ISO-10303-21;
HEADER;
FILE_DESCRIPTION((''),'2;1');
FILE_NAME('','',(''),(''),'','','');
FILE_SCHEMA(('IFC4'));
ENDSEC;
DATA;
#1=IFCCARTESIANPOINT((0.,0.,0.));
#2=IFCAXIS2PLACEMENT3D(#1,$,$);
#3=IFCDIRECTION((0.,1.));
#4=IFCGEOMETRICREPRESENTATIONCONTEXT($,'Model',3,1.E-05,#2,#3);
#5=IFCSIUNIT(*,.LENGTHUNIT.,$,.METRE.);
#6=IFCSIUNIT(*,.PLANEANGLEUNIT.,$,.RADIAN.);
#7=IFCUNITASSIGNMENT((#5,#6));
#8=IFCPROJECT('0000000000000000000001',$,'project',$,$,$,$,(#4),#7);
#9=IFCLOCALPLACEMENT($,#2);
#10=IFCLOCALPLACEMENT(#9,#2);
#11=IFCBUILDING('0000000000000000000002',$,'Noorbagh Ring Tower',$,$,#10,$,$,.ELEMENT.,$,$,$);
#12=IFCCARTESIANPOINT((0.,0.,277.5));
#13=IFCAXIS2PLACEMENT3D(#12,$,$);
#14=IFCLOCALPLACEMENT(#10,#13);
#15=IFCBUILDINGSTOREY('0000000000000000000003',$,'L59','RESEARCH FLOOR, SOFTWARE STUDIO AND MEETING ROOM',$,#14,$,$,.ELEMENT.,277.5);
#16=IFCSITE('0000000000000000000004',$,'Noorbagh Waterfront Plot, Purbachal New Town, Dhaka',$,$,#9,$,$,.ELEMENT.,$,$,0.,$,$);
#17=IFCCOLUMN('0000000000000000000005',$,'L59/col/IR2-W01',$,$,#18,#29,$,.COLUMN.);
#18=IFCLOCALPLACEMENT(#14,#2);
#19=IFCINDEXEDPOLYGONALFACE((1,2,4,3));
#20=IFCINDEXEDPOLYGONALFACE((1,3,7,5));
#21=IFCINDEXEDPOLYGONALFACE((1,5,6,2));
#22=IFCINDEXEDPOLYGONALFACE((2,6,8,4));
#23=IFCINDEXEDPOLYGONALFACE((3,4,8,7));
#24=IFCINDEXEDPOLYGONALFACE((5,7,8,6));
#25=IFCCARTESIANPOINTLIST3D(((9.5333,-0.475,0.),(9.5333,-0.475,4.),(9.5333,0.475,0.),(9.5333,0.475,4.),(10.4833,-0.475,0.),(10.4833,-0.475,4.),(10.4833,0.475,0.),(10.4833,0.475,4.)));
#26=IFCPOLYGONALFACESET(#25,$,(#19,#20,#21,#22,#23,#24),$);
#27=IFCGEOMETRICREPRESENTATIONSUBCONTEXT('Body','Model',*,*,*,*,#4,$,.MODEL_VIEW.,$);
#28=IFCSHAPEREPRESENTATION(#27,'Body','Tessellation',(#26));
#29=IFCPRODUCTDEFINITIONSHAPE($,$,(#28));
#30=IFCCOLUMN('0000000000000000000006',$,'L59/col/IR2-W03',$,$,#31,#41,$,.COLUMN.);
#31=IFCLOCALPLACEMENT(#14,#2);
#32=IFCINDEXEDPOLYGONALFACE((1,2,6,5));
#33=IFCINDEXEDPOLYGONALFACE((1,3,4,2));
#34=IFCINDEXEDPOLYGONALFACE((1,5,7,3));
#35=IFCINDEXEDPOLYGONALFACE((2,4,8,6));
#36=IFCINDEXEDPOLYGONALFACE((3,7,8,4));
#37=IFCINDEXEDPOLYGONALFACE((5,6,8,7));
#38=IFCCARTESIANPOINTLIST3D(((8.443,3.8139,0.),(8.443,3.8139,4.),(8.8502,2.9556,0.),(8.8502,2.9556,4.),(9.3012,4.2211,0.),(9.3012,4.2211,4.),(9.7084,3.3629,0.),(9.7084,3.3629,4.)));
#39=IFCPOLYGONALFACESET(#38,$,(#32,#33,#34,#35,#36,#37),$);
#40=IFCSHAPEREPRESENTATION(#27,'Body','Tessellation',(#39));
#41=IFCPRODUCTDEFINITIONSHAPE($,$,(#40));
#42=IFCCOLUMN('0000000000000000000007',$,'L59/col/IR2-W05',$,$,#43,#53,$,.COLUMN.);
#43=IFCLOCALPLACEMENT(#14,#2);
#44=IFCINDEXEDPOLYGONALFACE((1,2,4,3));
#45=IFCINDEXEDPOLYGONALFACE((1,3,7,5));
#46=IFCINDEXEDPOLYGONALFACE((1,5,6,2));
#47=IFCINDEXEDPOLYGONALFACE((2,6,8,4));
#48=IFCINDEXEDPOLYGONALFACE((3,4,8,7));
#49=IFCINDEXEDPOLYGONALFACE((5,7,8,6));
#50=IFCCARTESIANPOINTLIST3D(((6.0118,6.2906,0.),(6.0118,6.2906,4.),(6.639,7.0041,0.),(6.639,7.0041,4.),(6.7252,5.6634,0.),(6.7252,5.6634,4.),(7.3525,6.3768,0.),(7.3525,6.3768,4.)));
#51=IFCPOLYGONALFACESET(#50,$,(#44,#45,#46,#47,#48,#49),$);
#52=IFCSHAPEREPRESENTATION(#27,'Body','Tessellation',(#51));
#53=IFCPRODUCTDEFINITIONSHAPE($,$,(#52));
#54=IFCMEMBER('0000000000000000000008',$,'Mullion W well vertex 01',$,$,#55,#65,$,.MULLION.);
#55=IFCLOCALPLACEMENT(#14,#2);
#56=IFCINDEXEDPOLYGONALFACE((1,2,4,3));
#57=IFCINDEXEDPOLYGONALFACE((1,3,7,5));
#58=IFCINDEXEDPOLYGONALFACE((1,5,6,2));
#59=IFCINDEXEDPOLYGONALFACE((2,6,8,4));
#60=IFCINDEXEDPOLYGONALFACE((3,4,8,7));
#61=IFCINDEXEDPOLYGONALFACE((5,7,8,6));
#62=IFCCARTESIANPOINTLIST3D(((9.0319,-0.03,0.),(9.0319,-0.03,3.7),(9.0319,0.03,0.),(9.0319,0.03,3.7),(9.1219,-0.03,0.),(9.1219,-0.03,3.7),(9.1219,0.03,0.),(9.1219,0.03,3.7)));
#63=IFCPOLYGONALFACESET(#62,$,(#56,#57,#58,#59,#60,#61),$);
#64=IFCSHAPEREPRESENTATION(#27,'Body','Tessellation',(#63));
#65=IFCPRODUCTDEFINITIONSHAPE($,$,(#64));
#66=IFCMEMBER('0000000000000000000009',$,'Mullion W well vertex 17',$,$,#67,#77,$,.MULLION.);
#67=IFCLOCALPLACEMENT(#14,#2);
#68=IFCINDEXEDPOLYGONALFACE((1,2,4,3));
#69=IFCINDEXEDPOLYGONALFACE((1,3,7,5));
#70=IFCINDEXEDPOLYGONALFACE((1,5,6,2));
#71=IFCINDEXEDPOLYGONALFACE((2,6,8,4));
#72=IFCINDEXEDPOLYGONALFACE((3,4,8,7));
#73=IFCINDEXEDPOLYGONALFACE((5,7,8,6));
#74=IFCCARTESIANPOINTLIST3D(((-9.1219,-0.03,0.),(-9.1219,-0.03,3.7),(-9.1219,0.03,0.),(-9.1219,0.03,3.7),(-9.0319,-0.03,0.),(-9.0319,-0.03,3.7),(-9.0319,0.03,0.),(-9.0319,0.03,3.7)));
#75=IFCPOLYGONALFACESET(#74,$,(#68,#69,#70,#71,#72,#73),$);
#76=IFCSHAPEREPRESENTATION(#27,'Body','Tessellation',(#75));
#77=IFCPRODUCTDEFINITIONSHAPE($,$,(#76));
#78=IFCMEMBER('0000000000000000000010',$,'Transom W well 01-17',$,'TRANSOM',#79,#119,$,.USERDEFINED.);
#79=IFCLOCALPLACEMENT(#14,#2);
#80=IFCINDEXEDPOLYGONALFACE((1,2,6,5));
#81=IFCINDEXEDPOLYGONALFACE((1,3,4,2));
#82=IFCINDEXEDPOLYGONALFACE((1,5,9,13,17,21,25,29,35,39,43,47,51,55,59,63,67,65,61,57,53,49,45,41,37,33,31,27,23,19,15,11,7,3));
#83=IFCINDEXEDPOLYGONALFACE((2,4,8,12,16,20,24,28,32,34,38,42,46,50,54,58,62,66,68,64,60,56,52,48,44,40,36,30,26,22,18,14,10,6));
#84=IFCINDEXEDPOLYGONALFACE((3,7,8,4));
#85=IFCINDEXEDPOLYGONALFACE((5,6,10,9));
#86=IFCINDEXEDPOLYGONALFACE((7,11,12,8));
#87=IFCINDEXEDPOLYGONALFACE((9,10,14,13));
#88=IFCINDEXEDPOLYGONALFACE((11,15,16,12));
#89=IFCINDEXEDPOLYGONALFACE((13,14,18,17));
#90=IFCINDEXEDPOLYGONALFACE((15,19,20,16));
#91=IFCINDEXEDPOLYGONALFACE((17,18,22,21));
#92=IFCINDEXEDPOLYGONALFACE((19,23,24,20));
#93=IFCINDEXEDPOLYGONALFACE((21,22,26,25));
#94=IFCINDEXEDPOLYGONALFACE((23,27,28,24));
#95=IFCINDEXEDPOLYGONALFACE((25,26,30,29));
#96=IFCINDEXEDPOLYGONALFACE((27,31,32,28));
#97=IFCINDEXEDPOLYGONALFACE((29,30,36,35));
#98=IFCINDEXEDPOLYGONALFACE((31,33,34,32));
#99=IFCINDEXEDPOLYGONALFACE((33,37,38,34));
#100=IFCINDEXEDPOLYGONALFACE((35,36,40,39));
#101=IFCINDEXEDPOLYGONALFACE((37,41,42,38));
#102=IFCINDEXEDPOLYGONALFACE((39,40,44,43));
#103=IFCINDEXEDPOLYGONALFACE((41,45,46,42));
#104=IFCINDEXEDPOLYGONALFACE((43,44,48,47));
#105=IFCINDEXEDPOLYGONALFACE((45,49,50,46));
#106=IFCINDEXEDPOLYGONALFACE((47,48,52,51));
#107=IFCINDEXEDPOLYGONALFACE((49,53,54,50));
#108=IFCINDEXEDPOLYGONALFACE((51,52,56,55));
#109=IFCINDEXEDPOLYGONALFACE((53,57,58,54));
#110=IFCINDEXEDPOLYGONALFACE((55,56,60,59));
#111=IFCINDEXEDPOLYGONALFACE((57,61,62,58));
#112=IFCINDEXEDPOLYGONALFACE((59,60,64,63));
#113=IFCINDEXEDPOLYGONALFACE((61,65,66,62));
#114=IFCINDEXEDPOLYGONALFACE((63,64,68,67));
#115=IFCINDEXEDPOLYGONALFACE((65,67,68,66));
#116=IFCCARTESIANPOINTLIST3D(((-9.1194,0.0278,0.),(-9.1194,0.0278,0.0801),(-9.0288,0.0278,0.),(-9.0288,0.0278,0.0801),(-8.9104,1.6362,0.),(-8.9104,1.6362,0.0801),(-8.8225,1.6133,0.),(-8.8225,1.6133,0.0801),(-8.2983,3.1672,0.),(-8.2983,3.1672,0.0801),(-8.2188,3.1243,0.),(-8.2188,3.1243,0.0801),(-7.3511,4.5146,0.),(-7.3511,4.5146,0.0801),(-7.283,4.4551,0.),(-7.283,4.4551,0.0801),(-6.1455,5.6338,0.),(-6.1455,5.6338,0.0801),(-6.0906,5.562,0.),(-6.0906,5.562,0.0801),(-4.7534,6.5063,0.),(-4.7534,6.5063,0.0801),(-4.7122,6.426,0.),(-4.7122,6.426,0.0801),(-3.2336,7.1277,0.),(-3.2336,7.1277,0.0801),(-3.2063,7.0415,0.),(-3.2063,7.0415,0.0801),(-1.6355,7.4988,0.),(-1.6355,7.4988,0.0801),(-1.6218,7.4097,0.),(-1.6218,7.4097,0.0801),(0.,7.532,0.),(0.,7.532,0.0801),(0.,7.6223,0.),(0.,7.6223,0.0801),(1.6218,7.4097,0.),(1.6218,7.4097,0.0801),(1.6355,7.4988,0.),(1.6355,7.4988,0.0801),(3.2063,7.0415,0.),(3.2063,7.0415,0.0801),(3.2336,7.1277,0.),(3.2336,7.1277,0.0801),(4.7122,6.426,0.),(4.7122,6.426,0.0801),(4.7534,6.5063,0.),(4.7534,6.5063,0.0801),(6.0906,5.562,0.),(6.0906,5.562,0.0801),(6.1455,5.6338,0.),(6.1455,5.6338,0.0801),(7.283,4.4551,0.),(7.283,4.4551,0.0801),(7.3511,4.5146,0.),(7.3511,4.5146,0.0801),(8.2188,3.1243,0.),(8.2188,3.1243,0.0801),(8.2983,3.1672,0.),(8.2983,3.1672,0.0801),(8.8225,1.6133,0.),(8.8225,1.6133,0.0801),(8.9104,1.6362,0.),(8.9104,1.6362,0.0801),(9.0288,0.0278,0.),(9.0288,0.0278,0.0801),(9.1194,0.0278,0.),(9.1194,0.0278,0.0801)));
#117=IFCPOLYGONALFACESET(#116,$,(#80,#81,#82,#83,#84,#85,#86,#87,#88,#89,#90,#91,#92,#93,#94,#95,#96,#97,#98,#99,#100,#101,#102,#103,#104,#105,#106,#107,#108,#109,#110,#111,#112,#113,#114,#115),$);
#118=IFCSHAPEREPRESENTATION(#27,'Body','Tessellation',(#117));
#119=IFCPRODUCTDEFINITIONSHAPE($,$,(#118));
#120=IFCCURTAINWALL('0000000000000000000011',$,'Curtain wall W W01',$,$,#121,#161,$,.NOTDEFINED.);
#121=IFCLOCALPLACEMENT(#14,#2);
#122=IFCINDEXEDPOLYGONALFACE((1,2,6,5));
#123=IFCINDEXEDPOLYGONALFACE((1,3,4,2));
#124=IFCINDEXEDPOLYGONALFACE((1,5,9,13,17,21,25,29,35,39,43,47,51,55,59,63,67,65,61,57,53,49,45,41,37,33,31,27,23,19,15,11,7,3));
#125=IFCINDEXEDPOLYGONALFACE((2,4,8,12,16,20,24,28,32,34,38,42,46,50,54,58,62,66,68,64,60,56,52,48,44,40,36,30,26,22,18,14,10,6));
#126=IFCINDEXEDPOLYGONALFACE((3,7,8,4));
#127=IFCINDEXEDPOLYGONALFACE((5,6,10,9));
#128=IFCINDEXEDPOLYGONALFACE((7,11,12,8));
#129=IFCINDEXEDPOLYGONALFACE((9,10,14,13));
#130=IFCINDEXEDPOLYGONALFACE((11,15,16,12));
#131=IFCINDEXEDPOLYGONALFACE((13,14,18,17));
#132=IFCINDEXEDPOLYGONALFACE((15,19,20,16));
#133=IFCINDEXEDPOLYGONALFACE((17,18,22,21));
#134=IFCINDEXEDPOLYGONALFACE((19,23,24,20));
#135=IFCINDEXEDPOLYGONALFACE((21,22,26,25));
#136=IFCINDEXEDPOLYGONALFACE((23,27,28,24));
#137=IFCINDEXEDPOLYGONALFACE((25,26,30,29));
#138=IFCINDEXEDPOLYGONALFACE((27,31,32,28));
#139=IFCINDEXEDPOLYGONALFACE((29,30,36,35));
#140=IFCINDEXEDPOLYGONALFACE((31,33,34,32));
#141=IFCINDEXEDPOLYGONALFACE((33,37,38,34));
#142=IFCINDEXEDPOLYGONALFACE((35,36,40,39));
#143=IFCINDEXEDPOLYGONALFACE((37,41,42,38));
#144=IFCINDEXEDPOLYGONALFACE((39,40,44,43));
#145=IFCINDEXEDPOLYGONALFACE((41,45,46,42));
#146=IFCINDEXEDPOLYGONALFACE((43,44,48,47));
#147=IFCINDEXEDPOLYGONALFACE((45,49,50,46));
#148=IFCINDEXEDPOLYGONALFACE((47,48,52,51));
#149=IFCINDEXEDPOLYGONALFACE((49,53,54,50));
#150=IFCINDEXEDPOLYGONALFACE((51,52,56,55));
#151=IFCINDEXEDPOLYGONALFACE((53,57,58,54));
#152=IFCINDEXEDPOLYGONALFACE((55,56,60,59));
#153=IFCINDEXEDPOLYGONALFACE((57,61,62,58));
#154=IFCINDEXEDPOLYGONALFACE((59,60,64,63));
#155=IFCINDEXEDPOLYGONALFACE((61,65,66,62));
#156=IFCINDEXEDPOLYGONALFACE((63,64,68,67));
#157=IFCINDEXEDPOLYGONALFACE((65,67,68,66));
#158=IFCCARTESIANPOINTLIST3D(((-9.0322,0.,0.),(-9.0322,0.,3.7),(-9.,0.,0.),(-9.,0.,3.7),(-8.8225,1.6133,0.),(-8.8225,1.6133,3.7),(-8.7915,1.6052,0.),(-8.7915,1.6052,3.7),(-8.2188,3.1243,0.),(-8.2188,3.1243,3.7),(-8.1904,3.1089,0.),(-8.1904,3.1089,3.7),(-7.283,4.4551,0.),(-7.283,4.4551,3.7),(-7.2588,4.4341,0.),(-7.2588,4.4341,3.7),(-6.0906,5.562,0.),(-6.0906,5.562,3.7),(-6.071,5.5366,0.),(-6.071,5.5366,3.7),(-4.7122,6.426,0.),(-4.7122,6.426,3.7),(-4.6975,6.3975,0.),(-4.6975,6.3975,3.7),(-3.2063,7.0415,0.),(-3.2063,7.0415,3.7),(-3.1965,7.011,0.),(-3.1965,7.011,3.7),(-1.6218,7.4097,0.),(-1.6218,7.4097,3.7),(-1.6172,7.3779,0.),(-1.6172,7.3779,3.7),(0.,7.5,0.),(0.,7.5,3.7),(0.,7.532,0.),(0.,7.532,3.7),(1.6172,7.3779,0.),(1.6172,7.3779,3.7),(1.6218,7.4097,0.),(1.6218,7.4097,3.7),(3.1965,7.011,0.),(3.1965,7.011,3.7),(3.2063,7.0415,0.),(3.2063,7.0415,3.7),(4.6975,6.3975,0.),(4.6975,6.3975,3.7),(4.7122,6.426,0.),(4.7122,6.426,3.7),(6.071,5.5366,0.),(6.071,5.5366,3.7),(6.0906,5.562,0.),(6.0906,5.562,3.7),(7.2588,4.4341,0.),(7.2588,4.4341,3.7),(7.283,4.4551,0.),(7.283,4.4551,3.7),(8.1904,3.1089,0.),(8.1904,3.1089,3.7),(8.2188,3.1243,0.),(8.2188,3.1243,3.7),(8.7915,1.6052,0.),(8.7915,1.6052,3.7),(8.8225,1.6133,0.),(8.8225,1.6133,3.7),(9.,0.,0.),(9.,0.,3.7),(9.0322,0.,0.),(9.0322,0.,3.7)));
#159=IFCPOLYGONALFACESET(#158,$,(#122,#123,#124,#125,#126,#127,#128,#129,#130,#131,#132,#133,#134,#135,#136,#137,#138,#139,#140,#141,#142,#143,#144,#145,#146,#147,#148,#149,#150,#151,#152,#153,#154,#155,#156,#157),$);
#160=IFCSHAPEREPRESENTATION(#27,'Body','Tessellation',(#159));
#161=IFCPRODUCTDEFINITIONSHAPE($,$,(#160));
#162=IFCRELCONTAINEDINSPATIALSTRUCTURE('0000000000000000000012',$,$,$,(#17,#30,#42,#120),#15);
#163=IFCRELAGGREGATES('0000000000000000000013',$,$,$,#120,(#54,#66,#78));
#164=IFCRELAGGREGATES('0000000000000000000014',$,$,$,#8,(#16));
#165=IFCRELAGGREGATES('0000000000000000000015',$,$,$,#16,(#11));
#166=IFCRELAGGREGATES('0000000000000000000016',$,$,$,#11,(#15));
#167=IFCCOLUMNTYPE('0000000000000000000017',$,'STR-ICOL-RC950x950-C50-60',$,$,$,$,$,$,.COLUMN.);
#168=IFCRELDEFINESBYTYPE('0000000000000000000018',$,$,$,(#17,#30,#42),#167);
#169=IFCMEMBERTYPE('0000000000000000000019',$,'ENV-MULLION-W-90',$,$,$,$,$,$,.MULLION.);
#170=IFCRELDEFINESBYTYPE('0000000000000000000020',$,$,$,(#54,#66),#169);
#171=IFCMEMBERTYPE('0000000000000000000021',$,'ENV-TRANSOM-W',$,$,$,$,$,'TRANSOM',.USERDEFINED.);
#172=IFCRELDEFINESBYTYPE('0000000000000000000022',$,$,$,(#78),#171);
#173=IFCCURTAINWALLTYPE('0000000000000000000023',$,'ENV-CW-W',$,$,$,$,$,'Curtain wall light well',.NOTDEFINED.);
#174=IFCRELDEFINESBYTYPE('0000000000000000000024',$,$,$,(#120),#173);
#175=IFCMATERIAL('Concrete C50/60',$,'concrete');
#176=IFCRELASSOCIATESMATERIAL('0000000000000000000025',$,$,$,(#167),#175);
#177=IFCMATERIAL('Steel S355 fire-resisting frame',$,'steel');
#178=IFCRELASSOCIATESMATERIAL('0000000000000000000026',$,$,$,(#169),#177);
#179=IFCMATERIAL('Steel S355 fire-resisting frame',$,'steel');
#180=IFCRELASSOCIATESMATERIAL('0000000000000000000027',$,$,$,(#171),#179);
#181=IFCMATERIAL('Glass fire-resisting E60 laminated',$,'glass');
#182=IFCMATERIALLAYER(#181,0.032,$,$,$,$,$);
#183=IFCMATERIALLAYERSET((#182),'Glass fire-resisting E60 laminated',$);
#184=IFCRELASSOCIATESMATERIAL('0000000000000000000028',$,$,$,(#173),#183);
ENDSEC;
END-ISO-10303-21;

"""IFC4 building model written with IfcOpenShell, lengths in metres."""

from ifc_helpers import new_model, si_unit, direction, frame, origin, origin_2d, place, context, subcontext, project, spatial, polyline, rectangle, outline, extrude, material, layer, layer_set, material_profile, profile_set, type_object, element, aggregate, save


model = new_model("IFC4")

# Units and contexts
model_context = context("Model", 3, precision=1e-05, world=origin(), true_north=direction((0.0, 1.0)))
body_context = subcontext(model_context, "Body", "Model", "MODEL_VIEW")
ifc_project = project(units=[si_unit("LENGTHUNIT", "METRE"), si_unit("PLANEANGLEUNIT", "RADIAN")], contexts=[model_context])

# Site, building, storey
site_placement = place(None, origin())
site = spatial("IfcSite", under=ifc_project, at=site_placement, Name="Noorbagh Waterfront Plot, Purbachal New Town, Dhaka", CompositionType="ELEMENT", RefElevation=0.0)
building_placement = place(site_placement, origin())
building = spatial("IfcBuilding", under=site, at=building_placement, Name="Noorbagh Ring Tower", CompositionType="ELEMENT")
storey_placement = place(building_placement, frame((0.0, 0.0, 277.5)))
storey = spatial("IfcBuildingStorey", under=building, at=storey_placement, Name="L59", Description="RESEARCH FLOOR, SOFTWARE STUDIO AND MEETING ROOM", CompositionType="ELEMENT", Elevation=277.5)

# Columns
ifc_material_1 = material(Name="Concrete C50/60", Category="concrete")
ifc_material_profile_1 = material_profile(ifc_material_1, rectangle(XDim=0.95, YDim=0.95, at=origin_2d()), Name="RC950x950")
ifc_profile_set_1 = profile_set([ifc_material_profile_1], Name="Concrete C50/60")
column_type = type_object("IfcColumnType", Name="STR-ICOL-RC950x950-C50-60", PredefinedType="COLUMN", material=ifc_profile_set_1)
for number, where, z_axis, x_axis, name in (
    (1, (10.0083, 0.0, 0.0), (0.0, 0.0, 1.0), (0.0, 1.0, 0.0), "L59/col/IR2-W01"),
    (2, (9.0757, 3.5884, 0.0), (0.0, 0.0, 1.0), (-0.428667, 0.903463, 0.0), "L59/col/IR2-W03"),
    (3, (6.6821, 6.3337, 0.0), (0.0, 0.0, 1.0), (-0.751022, 0.660277, 0.0), "L59/col/IR2-W05"),
):
    element("IfcColumn", number, at=place(storey_placement, frame(where, z_axis=z_axis, x_axis=x_axis)), inside=storey, type_object=column_type, Name=name, PredefinedType="COLUMN", context=body_context, shape_type="SweptSolid", body=[
        extrude(rectangle(XDim=0.95, YDim=0.95, at=origin_2d()), origin(), (0.0, 0.0, 1.0), 4.0),
    ])

# Members
ifc_material_2 = material(Name="Steel S355 fire-resisting frame", Category="steel")
ifc_material_profile_2 = material_profile(ifc_material_2, rectangle(XDim=0.0901, YDim=0.0601, at=origin_2d()), Name="90x60")
ifc_profile_set_2 = profile_set([ifc_material_profile_2], Name="Steel S355 fire-resisting frame")
member_type_1 = type_object("IfcMemberType", Name="ENV-MULLION-W-90", PredefinedType="MULLION", material=ifc_profile_set_2)
member_1_placement = place(storey_placement, frame((9.0769, 0.0, 0.0), z_axis=(0.0, 0.0, 1.0), x_axis=(1.0, 0.0, 0.0)))
member_1 = element("IfcMember", 4, at=member_1_placement, type_object=member_type_1, Name="Mullion W well vertex 01", PredefinedType="MULLION", context=body_context, shape_type="SweptSolid", body=[
    extrude(rectangle(XDim=0.0901, YDim=0.0601, at=origin_2d()), origin(), (0.0, 0.0, 1.0), 3.7),
])
member_2_placement = place(storey_placement, frame((-9.0769, 0.0, 0.0), z_axis=(0.0, 0.0, 1.0), x_axis=(-1.0, 0.0, 0.0)))
member_2 = element("IfcMember", 5, at=member_2_placement, type_object=member_type_1, Name="Mullion W well vertex 17", PredefinedType="MULLION", context=body_context, shape_type="SweptSolid", body=[
    extrude(rectangle(XDim=0.0901, YDim=0.0601, at=origin_2d()), origin(), (0.0, 0.0, 1.0), 3.7),
])
ifc_material_3 = material(Name="Steel S355 fire-resisting frame", Category="steel")
member_type_2 = type_object("IfcMemberType", Name="ENV-TRANSOM-W", ElementType="TRANSOM", PredefinedType="USERDEFINED", material=ifc_material_3)
member_3_placement = place(storey_placement, origin())
member_3 = element("IfcMember", 6, at=member_3_placement, type_object=member_type_2, Name="Transom W well 01-17", ObjectType="TRANSOM", PredefinedType="USERDEFINED", context=body_context, shape_type="SweptSolid", body=[
    extrude(outline(polyline([(9.1194, 0.0278), (8.9104, 1.6362), (8.2983, 3.1672), (7.3511, 4.5146), (6.1455, 5.6338), (4.7534, 6.5063), (3.2336, 7.1277), (1.6355, 7.4988), (0.0, 7.6223), (-1.6355, 7.4988), (-3.2336, 7.1277), (-4.7534, 6.5063), (-6.1455, 5.6338), (-7.3511, 4.5146), (-8.2983, 3.1672), (-8.9104, 1.6362), (-9.1194, 0.0278), (-9.0288, 0.0278), (-8.8225, 1.6133), (-8.2188, 3.1243), (-7.283, 4.4551), (-6.0906, 5.562), (-4.7122, 6.426), (-3.2063, 7.0415), (-1.6218, 7.4097), (0.0, 7.532), (1.6218, 7.4097), (3.2063, 7.0415), (4.7122, 6.426), (6.0906, 5.562), (7.283, 4.4551), (8.2188, 3.1243), (8.8225, 1.6133), (9.0288, 0.0278), (9.1194, 0.0278)])), origin(), (0.0, 0.0, 1.0), 0.0801),
])

# Curtain wall
ifc_material_4 = material(Name="Glass fire-resisting E60 laminated", Category="glass")
ifc_layer_1 = layer(ifc_material_4, 0.032)
ifc_layer_set_1 = layer_set([ifc_layer_1], Name="Glass fire-resisting E60 laminated")
curtain_wall_type_1 = type_object("IfcCurtainWallType", Name="ENV-CW-W", ElementType="Curtain wall light well", PredefinedType="NOTDEFINED", material=ifc_layer_set_1)
curtain_wall_1_placement = place(storey_placement, origin())
curtain_wall_1 = element("IfcCurtainWall", 7, at=curtain_wall_1_placement, inside=storey, type_object=curtain_wall_type_1, Name="Curtain wall W W01", PredefinedType="NOTDEFINED", context=body_context, shape_type="SweptSolid", body=[
    extrude(outline(polyline([(9.0322, 0.0), (8.8225, 1.6133), (8.2188, 3.1243), (7.283, 4.4551), (6.0906, 5.562), (4.7122, 6.426), (3.2063, 7.0415), (1.6218, 7.4097), (0.0, 7.532), (-1.6218, 7.4097), (-3.2063, 7.0415), (-4.7122, 6.426), (-6.0906, 5.562), (-7.283, 4.4551), (-8.2188, 3.1243), (-8.8225, 1.6133), (-9.0322, 0.0), (-9.0, 0.0), (-8.7915, 1.6052), (-8.1904, 3.1089), (-7.2588, 4.4341), (-6.071, 5.5366), (-4.6975, 6.3975), (-3.1965, 7.011), (-1.6172, 7.3779), (0.0, 7.5), (1.6172, 7.3779), (3.1965, 7.011), (4.6975, 6.3975), (6.071, 5.5366), (7.2588, 4.4341), (8.1904, 3.1089), (8.7915, 1.6052), (9.0, 0.0), (9.0322, 0.0)])), origin(), (0.0, 0.0, 1.0), 3.7),
])
aggregate(curtain_wall_1, [member_1, member_2, member_3])

save(model, "model.ifc")
